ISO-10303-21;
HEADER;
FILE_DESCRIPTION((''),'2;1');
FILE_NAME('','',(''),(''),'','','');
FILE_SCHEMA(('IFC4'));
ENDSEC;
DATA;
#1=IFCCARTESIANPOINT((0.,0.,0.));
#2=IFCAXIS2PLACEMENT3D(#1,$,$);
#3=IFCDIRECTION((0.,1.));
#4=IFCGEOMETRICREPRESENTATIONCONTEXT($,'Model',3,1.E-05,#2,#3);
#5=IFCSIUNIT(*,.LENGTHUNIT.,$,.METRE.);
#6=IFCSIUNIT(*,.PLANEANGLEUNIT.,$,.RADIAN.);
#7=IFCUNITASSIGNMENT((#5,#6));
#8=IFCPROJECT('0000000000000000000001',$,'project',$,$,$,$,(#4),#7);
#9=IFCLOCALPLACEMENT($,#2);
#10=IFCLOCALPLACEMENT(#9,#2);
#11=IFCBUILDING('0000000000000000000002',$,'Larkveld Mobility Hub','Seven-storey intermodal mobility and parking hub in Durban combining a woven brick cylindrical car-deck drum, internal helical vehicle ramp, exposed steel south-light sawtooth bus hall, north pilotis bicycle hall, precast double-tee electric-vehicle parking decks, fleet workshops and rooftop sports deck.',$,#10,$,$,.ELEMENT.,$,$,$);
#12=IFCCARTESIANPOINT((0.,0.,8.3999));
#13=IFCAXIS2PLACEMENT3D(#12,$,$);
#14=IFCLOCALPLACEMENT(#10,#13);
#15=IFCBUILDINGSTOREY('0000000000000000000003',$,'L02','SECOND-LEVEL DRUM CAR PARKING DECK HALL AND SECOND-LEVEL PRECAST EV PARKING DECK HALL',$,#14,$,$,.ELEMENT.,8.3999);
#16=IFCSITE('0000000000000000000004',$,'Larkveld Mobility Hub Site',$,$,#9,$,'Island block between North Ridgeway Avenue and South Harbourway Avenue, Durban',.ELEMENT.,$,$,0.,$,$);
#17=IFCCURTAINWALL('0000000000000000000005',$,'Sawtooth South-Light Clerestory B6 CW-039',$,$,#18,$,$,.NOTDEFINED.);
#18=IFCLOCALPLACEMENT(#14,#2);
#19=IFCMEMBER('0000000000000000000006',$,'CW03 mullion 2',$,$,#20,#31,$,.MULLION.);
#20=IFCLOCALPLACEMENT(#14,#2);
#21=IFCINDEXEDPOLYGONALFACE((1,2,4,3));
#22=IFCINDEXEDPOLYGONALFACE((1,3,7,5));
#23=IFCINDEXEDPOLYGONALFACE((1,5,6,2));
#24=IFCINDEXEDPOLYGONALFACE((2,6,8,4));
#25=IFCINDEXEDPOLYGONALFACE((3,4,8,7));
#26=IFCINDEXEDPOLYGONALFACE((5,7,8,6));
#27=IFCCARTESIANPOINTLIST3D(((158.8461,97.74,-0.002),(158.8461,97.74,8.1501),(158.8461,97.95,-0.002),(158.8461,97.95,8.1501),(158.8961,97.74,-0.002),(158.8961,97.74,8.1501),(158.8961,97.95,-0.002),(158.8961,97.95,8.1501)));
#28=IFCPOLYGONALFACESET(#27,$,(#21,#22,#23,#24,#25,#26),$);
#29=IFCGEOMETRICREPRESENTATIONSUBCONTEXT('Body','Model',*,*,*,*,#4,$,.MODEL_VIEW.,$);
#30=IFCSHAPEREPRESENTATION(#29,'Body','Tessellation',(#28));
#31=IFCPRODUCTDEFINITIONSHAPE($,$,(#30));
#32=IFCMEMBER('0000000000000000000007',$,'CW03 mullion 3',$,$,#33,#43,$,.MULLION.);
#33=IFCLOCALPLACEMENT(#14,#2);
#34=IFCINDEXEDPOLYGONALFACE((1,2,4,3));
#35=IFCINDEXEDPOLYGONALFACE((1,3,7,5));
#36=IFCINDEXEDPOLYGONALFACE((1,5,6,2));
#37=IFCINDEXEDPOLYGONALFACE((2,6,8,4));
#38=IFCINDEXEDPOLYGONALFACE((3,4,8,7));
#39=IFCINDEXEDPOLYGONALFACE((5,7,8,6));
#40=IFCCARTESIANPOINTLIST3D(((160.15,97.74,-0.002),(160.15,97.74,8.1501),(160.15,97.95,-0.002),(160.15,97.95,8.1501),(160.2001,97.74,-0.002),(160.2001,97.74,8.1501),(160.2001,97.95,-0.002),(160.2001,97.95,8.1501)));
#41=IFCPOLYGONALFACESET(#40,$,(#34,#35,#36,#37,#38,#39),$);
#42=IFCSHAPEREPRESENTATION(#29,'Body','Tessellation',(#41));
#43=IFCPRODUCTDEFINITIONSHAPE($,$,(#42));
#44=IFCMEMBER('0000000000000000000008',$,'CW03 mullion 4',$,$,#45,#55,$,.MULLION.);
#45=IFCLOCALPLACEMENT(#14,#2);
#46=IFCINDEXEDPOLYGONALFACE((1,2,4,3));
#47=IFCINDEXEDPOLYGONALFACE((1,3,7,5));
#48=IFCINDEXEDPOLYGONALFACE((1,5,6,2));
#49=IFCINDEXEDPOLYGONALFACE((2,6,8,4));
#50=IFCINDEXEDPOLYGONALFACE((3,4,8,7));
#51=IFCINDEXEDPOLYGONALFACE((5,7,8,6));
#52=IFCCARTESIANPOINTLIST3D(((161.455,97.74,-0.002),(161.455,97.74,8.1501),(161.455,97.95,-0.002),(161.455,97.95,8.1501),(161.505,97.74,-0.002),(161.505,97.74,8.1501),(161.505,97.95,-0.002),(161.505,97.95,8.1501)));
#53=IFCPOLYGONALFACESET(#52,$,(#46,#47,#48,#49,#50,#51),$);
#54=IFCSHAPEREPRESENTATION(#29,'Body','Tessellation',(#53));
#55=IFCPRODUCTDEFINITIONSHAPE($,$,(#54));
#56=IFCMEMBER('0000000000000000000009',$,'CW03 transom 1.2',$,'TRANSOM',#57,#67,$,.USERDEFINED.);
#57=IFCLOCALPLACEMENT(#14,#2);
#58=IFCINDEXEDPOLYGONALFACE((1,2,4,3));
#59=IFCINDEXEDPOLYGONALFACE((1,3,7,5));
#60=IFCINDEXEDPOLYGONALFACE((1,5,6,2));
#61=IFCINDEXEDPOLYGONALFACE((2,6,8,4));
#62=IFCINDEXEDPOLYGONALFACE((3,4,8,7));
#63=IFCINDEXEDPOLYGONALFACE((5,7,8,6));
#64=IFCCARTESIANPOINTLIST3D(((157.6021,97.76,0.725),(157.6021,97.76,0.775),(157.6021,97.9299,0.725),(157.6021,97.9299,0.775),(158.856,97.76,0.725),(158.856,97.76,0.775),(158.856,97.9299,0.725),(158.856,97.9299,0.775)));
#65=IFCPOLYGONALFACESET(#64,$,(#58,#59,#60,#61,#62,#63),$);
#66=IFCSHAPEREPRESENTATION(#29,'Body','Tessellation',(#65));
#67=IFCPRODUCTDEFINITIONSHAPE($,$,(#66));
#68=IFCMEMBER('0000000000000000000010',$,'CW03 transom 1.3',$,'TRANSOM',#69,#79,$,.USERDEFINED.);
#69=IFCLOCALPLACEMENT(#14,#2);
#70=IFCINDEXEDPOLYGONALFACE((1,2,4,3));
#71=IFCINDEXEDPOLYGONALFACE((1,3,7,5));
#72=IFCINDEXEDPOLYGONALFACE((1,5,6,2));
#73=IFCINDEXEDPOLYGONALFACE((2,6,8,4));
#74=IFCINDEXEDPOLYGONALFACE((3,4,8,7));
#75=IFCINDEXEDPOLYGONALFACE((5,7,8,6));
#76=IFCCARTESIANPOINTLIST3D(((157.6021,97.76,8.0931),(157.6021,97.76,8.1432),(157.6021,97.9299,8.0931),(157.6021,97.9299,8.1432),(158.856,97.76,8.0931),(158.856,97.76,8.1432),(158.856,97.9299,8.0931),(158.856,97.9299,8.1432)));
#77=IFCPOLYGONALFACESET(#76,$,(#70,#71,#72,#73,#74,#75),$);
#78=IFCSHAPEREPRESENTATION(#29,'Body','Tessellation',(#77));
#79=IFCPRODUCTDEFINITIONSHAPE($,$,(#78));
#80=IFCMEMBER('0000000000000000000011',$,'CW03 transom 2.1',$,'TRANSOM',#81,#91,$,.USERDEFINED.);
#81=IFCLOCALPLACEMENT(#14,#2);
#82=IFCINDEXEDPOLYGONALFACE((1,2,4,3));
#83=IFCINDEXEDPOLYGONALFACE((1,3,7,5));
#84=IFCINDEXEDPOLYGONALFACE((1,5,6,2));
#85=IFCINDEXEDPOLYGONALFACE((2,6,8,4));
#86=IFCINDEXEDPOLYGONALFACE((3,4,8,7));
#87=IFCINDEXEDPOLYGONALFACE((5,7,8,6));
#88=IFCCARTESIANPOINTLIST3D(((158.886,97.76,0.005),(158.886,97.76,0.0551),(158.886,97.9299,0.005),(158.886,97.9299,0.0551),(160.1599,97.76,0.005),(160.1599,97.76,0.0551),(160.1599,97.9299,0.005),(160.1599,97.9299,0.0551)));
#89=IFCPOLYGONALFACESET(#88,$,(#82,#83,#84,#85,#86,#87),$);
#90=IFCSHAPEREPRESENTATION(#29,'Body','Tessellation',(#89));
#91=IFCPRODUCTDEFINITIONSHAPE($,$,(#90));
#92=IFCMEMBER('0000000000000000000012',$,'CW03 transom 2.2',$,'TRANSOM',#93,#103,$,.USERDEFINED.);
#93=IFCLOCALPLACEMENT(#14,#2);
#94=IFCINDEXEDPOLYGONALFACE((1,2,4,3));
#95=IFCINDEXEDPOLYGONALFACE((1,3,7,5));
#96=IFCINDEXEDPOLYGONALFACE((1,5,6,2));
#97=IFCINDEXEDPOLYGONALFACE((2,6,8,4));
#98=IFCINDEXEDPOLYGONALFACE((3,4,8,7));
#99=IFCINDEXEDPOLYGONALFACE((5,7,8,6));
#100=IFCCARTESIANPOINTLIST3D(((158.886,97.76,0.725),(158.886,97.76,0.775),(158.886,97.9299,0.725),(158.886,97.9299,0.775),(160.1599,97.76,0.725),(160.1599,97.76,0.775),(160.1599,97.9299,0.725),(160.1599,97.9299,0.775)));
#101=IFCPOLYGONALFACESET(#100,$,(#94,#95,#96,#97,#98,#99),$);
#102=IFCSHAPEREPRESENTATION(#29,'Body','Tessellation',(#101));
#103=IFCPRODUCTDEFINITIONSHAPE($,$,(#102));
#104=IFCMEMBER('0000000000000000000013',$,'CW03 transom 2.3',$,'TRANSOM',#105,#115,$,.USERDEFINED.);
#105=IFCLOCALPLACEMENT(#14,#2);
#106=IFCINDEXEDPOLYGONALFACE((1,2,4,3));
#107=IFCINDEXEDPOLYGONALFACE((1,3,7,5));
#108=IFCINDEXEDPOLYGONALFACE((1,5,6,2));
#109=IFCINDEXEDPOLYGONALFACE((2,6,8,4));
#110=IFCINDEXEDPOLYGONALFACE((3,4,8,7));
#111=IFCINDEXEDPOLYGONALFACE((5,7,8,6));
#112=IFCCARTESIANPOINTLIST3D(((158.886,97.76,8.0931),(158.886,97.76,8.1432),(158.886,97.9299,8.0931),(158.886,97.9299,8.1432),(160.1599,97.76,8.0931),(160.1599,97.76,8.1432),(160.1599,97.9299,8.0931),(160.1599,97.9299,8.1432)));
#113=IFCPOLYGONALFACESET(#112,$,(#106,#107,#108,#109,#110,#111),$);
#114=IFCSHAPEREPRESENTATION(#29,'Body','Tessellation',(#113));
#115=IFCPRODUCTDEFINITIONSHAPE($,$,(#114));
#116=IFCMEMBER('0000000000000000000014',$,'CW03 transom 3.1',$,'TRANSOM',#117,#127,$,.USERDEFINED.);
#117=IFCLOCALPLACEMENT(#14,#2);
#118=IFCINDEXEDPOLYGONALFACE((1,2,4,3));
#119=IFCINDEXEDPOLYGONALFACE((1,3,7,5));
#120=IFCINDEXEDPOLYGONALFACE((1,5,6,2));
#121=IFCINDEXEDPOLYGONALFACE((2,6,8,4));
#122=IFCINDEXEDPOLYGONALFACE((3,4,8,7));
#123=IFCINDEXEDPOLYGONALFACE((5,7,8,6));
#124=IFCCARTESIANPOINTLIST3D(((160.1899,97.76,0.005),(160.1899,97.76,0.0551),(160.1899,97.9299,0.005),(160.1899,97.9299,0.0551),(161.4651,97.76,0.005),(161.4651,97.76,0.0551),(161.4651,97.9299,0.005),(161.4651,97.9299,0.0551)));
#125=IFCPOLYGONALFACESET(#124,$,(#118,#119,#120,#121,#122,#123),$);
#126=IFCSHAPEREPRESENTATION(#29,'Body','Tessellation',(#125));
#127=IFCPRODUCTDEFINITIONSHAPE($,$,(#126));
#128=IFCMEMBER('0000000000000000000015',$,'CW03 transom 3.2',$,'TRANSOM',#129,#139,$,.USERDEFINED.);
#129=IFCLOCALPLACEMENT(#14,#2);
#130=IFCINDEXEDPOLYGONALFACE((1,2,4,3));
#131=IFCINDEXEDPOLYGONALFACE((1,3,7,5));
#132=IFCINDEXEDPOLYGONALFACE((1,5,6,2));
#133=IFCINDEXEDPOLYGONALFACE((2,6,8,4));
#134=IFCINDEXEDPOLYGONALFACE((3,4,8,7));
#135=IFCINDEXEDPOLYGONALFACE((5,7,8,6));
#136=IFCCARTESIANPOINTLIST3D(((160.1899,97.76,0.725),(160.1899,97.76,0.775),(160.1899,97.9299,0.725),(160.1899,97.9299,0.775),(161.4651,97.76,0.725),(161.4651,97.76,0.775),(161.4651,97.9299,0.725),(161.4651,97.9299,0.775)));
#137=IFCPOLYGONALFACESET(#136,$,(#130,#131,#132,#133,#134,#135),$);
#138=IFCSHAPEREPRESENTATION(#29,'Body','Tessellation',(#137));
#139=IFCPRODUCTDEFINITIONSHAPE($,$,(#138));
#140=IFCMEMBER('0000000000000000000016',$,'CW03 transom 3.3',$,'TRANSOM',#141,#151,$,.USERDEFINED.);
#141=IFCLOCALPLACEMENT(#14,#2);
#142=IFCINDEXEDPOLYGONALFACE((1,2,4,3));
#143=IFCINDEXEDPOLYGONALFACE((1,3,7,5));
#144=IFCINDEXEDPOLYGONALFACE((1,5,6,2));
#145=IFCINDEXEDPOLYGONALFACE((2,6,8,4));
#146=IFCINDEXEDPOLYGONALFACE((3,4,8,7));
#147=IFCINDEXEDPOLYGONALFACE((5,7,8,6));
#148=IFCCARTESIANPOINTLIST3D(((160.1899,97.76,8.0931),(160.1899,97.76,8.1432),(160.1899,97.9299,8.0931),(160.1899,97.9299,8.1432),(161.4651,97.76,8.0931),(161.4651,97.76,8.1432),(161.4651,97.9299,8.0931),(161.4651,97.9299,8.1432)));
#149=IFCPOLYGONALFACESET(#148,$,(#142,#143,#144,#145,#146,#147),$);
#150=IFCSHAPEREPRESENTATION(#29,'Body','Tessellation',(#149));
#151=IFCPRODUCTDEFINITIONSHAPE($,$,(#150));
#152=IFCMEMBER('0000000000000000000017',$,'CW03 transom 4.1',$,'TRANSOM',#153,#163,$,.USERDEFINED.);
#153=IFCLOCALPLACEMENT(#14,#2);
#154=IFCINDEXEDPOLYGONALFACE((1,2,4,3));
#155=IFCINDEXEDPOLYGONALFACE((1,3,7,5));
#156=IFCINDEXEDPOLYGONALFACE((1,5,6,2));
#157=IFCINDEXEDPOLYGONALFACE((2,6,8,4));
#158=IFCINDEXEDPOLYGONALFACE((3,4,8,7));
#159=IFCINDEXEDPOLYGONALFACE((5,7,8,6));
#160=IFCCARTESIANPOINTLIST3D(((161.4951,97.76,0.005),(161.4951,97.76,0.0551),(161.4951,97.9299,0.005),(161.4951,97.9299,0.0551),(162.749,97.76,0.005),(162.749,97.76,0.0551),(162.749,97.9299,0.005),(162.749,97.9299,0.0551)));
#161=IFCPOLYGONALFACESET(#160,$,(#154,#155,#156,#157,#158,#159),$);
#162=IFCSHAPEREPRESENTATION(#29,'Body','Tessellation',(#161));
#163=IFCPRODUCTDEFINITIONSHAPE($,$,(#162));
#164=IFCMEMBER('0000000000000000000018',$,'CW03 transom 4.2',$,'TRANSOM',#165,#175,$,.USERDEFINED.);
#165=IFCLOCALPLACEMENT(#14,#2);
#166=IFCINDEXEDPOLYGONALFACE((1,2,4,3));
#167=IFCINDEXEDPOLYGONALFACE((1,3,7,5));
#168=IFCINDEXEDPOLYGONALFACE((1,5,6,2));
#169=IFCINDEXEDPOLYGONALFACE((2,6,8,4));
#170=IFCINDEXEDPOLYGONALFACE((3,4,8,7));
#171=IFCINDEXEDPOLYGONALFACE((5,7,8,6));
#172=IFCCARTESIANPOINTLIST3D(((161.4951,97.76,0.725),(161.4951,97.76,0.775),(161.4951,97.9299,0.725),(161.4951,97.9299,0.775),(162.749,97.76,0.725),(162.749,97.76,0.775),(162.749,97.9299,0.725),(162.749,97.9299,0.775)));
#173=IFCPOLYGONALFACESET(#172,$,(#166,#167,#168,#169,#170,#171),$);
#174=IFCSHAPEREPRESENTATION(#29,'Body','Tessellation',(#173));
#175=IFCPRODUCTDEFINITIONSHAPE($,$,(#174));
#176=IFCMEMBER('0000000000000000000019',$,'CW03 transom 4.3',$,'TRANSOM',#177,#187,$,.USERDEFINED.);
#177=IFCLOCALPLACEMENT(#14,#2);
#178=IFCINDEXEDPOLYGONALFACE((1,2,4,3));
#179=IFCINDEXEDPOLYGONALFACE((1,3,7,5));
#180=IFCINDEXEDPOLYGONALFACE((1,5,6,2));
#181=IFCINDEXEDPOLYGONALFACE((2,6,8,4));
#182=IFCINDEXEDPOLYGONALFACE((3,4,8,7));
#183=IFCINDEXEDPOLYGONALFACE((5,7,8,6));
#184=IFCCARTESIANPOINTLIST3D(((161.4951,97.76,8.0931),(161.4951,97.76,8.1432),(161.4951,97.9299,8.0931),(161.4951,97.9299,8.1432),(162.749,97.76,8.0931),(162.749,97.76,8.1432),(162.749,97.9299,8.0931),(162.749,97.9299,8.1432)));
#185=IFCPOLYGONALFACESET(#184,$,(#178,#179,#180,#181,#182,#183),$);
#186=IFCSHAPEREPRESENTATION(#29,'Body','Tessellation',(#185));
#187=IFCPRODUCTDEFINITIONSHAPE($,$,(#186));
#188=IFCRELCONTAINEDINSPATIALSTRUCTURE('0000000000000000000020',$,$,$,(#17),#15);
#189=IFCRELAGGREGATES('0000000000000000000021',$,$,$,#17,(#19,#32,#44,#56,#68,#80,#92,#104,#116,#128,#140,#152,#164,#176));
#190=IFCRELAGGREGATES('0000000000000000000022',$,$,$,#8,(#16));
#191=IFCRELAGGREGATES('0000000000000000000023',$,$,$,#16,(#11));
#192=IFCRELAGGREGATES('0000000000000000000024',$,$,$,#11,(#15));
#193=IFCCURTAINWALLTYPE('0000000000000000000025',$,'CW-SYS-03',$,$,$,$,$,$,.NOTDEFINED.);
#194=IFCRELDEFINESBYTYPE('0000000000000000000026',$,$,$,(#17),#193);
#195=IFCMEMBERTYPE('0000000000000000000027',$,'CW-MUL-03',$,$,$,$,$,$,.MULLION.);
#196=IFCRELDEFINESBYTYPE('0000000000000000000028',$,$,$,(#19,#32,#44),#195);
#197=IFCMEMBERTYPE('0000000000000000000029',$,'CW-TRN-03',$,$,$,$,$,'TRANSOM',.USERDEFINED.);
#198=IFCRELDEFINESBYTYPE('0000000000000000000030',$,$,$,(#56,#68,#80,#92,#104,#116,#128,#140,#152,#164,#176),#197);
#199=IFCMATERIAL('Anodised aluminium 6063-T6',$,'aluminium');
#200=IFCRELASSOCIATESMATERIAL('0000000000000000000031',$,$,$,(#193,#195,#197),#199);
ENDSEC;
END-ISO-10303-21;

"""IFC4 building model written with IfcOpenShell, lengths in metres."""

from ifc_helpers import new_model, si_unit, direction, frame, origin, origin_2d, place, context, subcontext, project, spatial, rectangle, extrude, material, material_profile, profile_set, type_object, element, aggregate, save


model = new_model("IFC4")

# Units and contexts
model_context = context("Model", 3, precision=1e-05, world=origin(), true_north=direction((0.0, 1.0)))
body_context = subcontext(model_context, "Body", "Model", "MODEL_VIEW")
ifc_project = project(units=[si_unit("LENGTHUNIT", "METRE"), si_unit("PLANEANGLEUNIT", "RADIAN")], contexts=[model_context])

# Site, building, storey
site_placement = place(None, origin())
site = spatial("IfcSite", under=ifc_project, at=site_placement, Name="Larkveld Mobility Hub Site", LongName="Island block between North Ridgeway Avenue and South Harbourway Avenue, Durban", CompositionType="ELEMENT", RefElevation=0.0)
building_placement = place(site_placement, origin())
building = spatial("IfcBuilding", under=site, at=building_placement, Name="Larkveld Mobility Hub", Description="Seven-storey intermodal mobility and parking hub in Durban combining a woven brick cylindrical car-deck drum, internal helical vehicle ramp, exposed steel south-light sawtooth bus hall, north pilotis bicycle hall, precast double-tee electric-vehicle parking decks, fleet workshops and rooftop sports deck.", CompositionType="ELEMENT")
storey_placement = place(building_placement, frame((0.0, 0.0, 8.3999)))
storey = spatial("IfcBuildingStorey", under=building, at=storey_placement, Name="L02", Description="SECOND-LEVEL DRUM CAR PARKING DECK HALL AND SECOND-LEVEL PRECAST EV PARKING DECK HALL", CompositionType="ELEMENT", Elevation=8.3999)

# Curtain wall, members
ifc_material_1 = material(Name="Anodised aluminium 6063-T6", Category="aluminium")
curtain_wall_type = type_object("IfcCurtainWallType", Name="CW-SYS-03", PredefinedType="NOTDEFINED", material=ifc_material_1)
curtain_wall_placement = place(storey_placement, origin())
curtain_wall = element("IfcCurtainWall", 1, at=curtain_wall_placement, inside=storey, type_object=curtain_wall_type, Name="Sawtooth South-Light Clerestory B6 CW-039", PredefinedType="NOTDEFINED")
ifc_material_profile_1 = material_profile(ifc_material_1, rectangle(XDim=0.05, YDim=0.21, at=origin_2d()), Name="ALU MULL 50x210")
ifc_profile_set_1 = profile_set([ifc_material_profile_1], Name="Anodised aluminium 6063-T6")
member_type_1 = type_object("IfcMemberType", Name="CW-MUL-03", PredefinedType="MULLION", material=ifc_profile_set_1)
member_1_placement = place(storey_placement, frame((158.8711, 97.845, -0.002), z_axis=(0.0, 0.0, 1.0), x_axis=(1.0, 0.0, 0.0)))
member_1 = element("IfcMember", 2, at=member_1_placement, type_object=member_type_1, Name="CW03 mullion 2", PredefinedType="MULLION", context=body_context, shape_type="SweptSolid", body=[
    extrude(rectangle(XDim=0.05, YDim=0.21, at=origin_2d()), origin(), (0.0, 0.0, 1.0), 8.1521),
])
member_2_placement = place(storey_placement, frame((160.175, 97.845, -0.002), z_axis=(0.0, 0.0, 1.0), x_axis=(1.0, 0.0, 0.0)))
member_2 = element("IfcMember", 3, at=member_2_placement, type_object=member_type_1, Name="CW03 mullion 3", PredefinedType="MULLION", context=body_context, shape_type="SweptSolid", body=[
    extrude(rectangle(XDim=0.05, YDim=0.21, at=origin_2d()), origin(), (0.0, 0.0, 1.0), 8.1521),
])
member_3_placement = place(storey_placement, frame((161.48, 97.845, -0.002), z_axis=(0.0, 0.0, 1.0), x_axis=(1.0, 0.0, 0.0)))
member_3 = element("IfcMember", 4, at=member_3_placement, type_object=member_type_1, Name="CW03 mullion 4", PredefinedType="MULLION", context=body_context, shape_type="SweptSolid", body=[
    extrude(rectangle(XDim=0.05, YDim=0.21, at=origin_2d()), origin(), (0.0, 0.0, 1.0), 8.1521),
])
ifc_material_profile_2 = material_profile(ifc_material_1, rectangle(XDim=0.1699, YDim=0.05, at=origin_2d()), Name="ALU TRAN 50x170")
ifc_profile_set_2 = profile_set([ifc_material_profile_2], Name="Anodised aluminium 6063-T6")
member_type_2 = type_object("IfcMemberType", Name="CW-TRN-03", ElementType="TRANSOM", PredefinedType="USERDEFINED", material=ifc_profile_set_2)
member_4_placement = place(storey_placement, frame((157.6021, 97.845, 0.75), z_axis=(1.0, 0.0, 0.0), x_axis=(0.0, 1.0, 0.0)))
member_4 = element("IfcMember", 5, at=member_4_placement, type_object=member_type_2, Name="CW03 transom 1.2", ObjectType="TRANSOM", PredefinedType="USERDEFINED", context=body_context, shape_type="SweptSolid", body=[
    extrude(rectangle(XDim=0.1699, YDim=0.05, at=origin_2d()), origin(), (0.0, 0.0, 1.0), 1.2539),
])
member_5_placement = place(storey_placement, frame((157.6021, 97.845, 8.1182), z_axis=(1.0, 0.0, 0.0), x_axis=(0.0, 1.0, 0.0)))
member_5 = element("IfcMember", 6, at=member_5_placement, type_object=member_type_2, Name="CW03 transom 1.3", ObjectType="TRANSOM", PredefinedType="USERDEFINED", context=body_context, shape_type="SweptSolid", body=[
    extrude(rectangle(XDim=0.1699, YDim=0.05, at=origin_2d()), origin(), (0.0, 0.0, 1.0), 1.2539),
])
member_6_placement = place(storey_placement, frame((158.886, 97.845, 0.03), z_axis=(1.0, 0.0, 0.0), x_axis=(0.0, 1.0, 0.0)))
member_6 = element("IfcMember", 7, at=member_6_placement, type_object=member_type_2, Name="CW03 transom 2.1", ObjectType="TRANSOM", PredefinedType="USERDEFINED", context=body_context, shape_type="SweptSolid", body=[
    extrude(rectangle(XDim=0.1699, YDim=0.05, at=origin_2d()), origin(), (0.0, 0.0, 1.0), 1.2739),
])
member_7_placement = place(storey_placement, frame((158.886, 97.845, 0.75), z_axis=(1.0, 0.0, 0.0), x_axis=(0.0, 1.0, 0.0)))
member_7 = element("IfcMember", 8, at=member_7_placement, type_object=member_type_2, Name="CW03 transom 2.2", ObjectType="TRANSOM", PredefinedType="USERDEFINED", context=body_context, shape_type="SweptSolid", body=[
    extrude(rectangle(XDim=0.1699, YDim=0.05, at=origin_2d()), origin(), (0.0, 0.0, 1.0), 1.2739),
])
member_8_placement = place(storey_placement, frame((158.886, 97.845, 8.1182), z_axis=(1.0, 0.0, 0.0), x_axis=(0.0, 1.0, 0.0)))
member_8 = element("IfcMember", 9, at=member_8_placement, type_object=member_type_2, Name="CW03 transom 2.3", ObjectType="TRANSOM", PredefinedType="USERDEFINED", context=body_context, shape_type="SweptSolid", body=[
    extrude(rectangle(XDim=0.1699, YDim=0.05, at=origin_2d()), origin(), (0.0, 0.0, 1.0), 1.2739),
])
member_9_placement = place(storey_placement, frame((160.1899, 97.845, 0.03), z_axis=(1.0, 0.0, 0.0), x_axis=(0.0, 1.0, 0.0)))
member_9 = element("IfcMember", 10, at=member_9_placement, type_object=member_type_2, Name="CW03 transom 3.1", ObjectType="TRANSOM", PredefinedType="USERDEFINED", context=body_context, shape_type="SweptSolid", body=[
    extrude(rectangle(XDim=0.1699, YDim=0.05, at=origin_2d()), origin(), (0.0, 0.0, 1.0), 1.2751),
])
member_10_placement = place(storey_placement, frame((160.1899, 97.845, 0.75), z_axis=(1.0, 0.0, 0.0), x_axis=(0.0, 1.0, 0.0)))
member_10 = element("IfcMember", 11, at=member_10_placement, type_object=member_type_2, Name="CW03 transom 3.2", ObjectType="TRANSOM", PredefinedType="USERDEFINED", context=body_context, shape_type="SweptSolid", body=[
    extrude(rectangle(XDim=0.1699, YDim=0.05, at=origin_2d()), origin(), (0.0, 0.0, 1.0), 1.2751),
])
member_11_placement = place(storey_placement, frame((160.1899, 97.845, 8.1182), z_axis=(1.0, 0.0, 0.0), x_axis=(0.0, 1.0, 0.0)))
member_11 = element("IfcMember", 12, at=member_11_placement, type_object=member_type_2, Name="CW03 transom 3.3", ObjectType="TRANSOM", PredefinedType="USERDEFINED", context=body_context, shape_type="SweptSolid", body=[
    extrude(rectangle(XDim=0.1699, YDim=0.05, at=origin_2d()), origin(), (0.0, 0.0, 1.0), 1.2751),
])
member_12_placement = place(storey_placement, frame((161.4951, 97.845, 0.03), z_axis=(1.0, 0.0, 0.0), x_axis=(0.0, 1.0, 0.0)))
member_12 = element("IfcMember", 13, at=member_12_placement, type_object=member_type_2, Name="CW03 transom 4.1", ObjectType="TRANSOM", PredefinedType="USERDEFINED", context=body_context, shape_type="SweptSolid", body=[
    extrude(rectangle(XDim=0.1699, YDim=0.05, at=origin_2d()), origin(), (0.0, 0.0, 1.0), 1.2539),
])
member_13_placement = place(storey_placement, frame((161.4951, 97.845, 0.75), z_axis=(1.0, 0.0, 0.0), x_axis=(0.0, 1.0, 0.0)))
member_13 = element("IfcMember", 14, at=member_13_placement, type_object=member_type_2, Name="CW03 transom 4.2", ObjectType="TRANSOM", PredefinedType="USERDEFINED", context=body_context, shape_type="SweptSolid", body=[
    extrude(rectangle(XDim=0.1699, YDim=0.05, at=origin_2d()), origin(), (0.0, 0.0, 1.0), 1.2539),
])
member_14_placement = place(storey_placement, frame((161.4951, 97.845, 8.1182), z_axis=(1.0, 0.0, 0.0), x_axis=(0.0, 1.0, 0.0)))
member_14 = element("IfcMember", 15, at=member_14_placement, type_object=member_type_2, Name="CW03 transom 4.3", ObjectType="TRANSOM", PredefinedType="USERDEFINED", context=body_context, shape_type="SweptSolid", body=[
    extrude(rectangle(XDim=0.1699, YDim=0.05, at=origin_2d()), origin(), (0.0, 0.0, 1.0), 1.2539),
])

aggregate(curtain_wall, [member_1, member_2, member_3, member_4, member_5, member_6, member_7, member_8, member_9, member_10, member_11, member_12, member_13, member_14])

save(model, "model.ifc")
